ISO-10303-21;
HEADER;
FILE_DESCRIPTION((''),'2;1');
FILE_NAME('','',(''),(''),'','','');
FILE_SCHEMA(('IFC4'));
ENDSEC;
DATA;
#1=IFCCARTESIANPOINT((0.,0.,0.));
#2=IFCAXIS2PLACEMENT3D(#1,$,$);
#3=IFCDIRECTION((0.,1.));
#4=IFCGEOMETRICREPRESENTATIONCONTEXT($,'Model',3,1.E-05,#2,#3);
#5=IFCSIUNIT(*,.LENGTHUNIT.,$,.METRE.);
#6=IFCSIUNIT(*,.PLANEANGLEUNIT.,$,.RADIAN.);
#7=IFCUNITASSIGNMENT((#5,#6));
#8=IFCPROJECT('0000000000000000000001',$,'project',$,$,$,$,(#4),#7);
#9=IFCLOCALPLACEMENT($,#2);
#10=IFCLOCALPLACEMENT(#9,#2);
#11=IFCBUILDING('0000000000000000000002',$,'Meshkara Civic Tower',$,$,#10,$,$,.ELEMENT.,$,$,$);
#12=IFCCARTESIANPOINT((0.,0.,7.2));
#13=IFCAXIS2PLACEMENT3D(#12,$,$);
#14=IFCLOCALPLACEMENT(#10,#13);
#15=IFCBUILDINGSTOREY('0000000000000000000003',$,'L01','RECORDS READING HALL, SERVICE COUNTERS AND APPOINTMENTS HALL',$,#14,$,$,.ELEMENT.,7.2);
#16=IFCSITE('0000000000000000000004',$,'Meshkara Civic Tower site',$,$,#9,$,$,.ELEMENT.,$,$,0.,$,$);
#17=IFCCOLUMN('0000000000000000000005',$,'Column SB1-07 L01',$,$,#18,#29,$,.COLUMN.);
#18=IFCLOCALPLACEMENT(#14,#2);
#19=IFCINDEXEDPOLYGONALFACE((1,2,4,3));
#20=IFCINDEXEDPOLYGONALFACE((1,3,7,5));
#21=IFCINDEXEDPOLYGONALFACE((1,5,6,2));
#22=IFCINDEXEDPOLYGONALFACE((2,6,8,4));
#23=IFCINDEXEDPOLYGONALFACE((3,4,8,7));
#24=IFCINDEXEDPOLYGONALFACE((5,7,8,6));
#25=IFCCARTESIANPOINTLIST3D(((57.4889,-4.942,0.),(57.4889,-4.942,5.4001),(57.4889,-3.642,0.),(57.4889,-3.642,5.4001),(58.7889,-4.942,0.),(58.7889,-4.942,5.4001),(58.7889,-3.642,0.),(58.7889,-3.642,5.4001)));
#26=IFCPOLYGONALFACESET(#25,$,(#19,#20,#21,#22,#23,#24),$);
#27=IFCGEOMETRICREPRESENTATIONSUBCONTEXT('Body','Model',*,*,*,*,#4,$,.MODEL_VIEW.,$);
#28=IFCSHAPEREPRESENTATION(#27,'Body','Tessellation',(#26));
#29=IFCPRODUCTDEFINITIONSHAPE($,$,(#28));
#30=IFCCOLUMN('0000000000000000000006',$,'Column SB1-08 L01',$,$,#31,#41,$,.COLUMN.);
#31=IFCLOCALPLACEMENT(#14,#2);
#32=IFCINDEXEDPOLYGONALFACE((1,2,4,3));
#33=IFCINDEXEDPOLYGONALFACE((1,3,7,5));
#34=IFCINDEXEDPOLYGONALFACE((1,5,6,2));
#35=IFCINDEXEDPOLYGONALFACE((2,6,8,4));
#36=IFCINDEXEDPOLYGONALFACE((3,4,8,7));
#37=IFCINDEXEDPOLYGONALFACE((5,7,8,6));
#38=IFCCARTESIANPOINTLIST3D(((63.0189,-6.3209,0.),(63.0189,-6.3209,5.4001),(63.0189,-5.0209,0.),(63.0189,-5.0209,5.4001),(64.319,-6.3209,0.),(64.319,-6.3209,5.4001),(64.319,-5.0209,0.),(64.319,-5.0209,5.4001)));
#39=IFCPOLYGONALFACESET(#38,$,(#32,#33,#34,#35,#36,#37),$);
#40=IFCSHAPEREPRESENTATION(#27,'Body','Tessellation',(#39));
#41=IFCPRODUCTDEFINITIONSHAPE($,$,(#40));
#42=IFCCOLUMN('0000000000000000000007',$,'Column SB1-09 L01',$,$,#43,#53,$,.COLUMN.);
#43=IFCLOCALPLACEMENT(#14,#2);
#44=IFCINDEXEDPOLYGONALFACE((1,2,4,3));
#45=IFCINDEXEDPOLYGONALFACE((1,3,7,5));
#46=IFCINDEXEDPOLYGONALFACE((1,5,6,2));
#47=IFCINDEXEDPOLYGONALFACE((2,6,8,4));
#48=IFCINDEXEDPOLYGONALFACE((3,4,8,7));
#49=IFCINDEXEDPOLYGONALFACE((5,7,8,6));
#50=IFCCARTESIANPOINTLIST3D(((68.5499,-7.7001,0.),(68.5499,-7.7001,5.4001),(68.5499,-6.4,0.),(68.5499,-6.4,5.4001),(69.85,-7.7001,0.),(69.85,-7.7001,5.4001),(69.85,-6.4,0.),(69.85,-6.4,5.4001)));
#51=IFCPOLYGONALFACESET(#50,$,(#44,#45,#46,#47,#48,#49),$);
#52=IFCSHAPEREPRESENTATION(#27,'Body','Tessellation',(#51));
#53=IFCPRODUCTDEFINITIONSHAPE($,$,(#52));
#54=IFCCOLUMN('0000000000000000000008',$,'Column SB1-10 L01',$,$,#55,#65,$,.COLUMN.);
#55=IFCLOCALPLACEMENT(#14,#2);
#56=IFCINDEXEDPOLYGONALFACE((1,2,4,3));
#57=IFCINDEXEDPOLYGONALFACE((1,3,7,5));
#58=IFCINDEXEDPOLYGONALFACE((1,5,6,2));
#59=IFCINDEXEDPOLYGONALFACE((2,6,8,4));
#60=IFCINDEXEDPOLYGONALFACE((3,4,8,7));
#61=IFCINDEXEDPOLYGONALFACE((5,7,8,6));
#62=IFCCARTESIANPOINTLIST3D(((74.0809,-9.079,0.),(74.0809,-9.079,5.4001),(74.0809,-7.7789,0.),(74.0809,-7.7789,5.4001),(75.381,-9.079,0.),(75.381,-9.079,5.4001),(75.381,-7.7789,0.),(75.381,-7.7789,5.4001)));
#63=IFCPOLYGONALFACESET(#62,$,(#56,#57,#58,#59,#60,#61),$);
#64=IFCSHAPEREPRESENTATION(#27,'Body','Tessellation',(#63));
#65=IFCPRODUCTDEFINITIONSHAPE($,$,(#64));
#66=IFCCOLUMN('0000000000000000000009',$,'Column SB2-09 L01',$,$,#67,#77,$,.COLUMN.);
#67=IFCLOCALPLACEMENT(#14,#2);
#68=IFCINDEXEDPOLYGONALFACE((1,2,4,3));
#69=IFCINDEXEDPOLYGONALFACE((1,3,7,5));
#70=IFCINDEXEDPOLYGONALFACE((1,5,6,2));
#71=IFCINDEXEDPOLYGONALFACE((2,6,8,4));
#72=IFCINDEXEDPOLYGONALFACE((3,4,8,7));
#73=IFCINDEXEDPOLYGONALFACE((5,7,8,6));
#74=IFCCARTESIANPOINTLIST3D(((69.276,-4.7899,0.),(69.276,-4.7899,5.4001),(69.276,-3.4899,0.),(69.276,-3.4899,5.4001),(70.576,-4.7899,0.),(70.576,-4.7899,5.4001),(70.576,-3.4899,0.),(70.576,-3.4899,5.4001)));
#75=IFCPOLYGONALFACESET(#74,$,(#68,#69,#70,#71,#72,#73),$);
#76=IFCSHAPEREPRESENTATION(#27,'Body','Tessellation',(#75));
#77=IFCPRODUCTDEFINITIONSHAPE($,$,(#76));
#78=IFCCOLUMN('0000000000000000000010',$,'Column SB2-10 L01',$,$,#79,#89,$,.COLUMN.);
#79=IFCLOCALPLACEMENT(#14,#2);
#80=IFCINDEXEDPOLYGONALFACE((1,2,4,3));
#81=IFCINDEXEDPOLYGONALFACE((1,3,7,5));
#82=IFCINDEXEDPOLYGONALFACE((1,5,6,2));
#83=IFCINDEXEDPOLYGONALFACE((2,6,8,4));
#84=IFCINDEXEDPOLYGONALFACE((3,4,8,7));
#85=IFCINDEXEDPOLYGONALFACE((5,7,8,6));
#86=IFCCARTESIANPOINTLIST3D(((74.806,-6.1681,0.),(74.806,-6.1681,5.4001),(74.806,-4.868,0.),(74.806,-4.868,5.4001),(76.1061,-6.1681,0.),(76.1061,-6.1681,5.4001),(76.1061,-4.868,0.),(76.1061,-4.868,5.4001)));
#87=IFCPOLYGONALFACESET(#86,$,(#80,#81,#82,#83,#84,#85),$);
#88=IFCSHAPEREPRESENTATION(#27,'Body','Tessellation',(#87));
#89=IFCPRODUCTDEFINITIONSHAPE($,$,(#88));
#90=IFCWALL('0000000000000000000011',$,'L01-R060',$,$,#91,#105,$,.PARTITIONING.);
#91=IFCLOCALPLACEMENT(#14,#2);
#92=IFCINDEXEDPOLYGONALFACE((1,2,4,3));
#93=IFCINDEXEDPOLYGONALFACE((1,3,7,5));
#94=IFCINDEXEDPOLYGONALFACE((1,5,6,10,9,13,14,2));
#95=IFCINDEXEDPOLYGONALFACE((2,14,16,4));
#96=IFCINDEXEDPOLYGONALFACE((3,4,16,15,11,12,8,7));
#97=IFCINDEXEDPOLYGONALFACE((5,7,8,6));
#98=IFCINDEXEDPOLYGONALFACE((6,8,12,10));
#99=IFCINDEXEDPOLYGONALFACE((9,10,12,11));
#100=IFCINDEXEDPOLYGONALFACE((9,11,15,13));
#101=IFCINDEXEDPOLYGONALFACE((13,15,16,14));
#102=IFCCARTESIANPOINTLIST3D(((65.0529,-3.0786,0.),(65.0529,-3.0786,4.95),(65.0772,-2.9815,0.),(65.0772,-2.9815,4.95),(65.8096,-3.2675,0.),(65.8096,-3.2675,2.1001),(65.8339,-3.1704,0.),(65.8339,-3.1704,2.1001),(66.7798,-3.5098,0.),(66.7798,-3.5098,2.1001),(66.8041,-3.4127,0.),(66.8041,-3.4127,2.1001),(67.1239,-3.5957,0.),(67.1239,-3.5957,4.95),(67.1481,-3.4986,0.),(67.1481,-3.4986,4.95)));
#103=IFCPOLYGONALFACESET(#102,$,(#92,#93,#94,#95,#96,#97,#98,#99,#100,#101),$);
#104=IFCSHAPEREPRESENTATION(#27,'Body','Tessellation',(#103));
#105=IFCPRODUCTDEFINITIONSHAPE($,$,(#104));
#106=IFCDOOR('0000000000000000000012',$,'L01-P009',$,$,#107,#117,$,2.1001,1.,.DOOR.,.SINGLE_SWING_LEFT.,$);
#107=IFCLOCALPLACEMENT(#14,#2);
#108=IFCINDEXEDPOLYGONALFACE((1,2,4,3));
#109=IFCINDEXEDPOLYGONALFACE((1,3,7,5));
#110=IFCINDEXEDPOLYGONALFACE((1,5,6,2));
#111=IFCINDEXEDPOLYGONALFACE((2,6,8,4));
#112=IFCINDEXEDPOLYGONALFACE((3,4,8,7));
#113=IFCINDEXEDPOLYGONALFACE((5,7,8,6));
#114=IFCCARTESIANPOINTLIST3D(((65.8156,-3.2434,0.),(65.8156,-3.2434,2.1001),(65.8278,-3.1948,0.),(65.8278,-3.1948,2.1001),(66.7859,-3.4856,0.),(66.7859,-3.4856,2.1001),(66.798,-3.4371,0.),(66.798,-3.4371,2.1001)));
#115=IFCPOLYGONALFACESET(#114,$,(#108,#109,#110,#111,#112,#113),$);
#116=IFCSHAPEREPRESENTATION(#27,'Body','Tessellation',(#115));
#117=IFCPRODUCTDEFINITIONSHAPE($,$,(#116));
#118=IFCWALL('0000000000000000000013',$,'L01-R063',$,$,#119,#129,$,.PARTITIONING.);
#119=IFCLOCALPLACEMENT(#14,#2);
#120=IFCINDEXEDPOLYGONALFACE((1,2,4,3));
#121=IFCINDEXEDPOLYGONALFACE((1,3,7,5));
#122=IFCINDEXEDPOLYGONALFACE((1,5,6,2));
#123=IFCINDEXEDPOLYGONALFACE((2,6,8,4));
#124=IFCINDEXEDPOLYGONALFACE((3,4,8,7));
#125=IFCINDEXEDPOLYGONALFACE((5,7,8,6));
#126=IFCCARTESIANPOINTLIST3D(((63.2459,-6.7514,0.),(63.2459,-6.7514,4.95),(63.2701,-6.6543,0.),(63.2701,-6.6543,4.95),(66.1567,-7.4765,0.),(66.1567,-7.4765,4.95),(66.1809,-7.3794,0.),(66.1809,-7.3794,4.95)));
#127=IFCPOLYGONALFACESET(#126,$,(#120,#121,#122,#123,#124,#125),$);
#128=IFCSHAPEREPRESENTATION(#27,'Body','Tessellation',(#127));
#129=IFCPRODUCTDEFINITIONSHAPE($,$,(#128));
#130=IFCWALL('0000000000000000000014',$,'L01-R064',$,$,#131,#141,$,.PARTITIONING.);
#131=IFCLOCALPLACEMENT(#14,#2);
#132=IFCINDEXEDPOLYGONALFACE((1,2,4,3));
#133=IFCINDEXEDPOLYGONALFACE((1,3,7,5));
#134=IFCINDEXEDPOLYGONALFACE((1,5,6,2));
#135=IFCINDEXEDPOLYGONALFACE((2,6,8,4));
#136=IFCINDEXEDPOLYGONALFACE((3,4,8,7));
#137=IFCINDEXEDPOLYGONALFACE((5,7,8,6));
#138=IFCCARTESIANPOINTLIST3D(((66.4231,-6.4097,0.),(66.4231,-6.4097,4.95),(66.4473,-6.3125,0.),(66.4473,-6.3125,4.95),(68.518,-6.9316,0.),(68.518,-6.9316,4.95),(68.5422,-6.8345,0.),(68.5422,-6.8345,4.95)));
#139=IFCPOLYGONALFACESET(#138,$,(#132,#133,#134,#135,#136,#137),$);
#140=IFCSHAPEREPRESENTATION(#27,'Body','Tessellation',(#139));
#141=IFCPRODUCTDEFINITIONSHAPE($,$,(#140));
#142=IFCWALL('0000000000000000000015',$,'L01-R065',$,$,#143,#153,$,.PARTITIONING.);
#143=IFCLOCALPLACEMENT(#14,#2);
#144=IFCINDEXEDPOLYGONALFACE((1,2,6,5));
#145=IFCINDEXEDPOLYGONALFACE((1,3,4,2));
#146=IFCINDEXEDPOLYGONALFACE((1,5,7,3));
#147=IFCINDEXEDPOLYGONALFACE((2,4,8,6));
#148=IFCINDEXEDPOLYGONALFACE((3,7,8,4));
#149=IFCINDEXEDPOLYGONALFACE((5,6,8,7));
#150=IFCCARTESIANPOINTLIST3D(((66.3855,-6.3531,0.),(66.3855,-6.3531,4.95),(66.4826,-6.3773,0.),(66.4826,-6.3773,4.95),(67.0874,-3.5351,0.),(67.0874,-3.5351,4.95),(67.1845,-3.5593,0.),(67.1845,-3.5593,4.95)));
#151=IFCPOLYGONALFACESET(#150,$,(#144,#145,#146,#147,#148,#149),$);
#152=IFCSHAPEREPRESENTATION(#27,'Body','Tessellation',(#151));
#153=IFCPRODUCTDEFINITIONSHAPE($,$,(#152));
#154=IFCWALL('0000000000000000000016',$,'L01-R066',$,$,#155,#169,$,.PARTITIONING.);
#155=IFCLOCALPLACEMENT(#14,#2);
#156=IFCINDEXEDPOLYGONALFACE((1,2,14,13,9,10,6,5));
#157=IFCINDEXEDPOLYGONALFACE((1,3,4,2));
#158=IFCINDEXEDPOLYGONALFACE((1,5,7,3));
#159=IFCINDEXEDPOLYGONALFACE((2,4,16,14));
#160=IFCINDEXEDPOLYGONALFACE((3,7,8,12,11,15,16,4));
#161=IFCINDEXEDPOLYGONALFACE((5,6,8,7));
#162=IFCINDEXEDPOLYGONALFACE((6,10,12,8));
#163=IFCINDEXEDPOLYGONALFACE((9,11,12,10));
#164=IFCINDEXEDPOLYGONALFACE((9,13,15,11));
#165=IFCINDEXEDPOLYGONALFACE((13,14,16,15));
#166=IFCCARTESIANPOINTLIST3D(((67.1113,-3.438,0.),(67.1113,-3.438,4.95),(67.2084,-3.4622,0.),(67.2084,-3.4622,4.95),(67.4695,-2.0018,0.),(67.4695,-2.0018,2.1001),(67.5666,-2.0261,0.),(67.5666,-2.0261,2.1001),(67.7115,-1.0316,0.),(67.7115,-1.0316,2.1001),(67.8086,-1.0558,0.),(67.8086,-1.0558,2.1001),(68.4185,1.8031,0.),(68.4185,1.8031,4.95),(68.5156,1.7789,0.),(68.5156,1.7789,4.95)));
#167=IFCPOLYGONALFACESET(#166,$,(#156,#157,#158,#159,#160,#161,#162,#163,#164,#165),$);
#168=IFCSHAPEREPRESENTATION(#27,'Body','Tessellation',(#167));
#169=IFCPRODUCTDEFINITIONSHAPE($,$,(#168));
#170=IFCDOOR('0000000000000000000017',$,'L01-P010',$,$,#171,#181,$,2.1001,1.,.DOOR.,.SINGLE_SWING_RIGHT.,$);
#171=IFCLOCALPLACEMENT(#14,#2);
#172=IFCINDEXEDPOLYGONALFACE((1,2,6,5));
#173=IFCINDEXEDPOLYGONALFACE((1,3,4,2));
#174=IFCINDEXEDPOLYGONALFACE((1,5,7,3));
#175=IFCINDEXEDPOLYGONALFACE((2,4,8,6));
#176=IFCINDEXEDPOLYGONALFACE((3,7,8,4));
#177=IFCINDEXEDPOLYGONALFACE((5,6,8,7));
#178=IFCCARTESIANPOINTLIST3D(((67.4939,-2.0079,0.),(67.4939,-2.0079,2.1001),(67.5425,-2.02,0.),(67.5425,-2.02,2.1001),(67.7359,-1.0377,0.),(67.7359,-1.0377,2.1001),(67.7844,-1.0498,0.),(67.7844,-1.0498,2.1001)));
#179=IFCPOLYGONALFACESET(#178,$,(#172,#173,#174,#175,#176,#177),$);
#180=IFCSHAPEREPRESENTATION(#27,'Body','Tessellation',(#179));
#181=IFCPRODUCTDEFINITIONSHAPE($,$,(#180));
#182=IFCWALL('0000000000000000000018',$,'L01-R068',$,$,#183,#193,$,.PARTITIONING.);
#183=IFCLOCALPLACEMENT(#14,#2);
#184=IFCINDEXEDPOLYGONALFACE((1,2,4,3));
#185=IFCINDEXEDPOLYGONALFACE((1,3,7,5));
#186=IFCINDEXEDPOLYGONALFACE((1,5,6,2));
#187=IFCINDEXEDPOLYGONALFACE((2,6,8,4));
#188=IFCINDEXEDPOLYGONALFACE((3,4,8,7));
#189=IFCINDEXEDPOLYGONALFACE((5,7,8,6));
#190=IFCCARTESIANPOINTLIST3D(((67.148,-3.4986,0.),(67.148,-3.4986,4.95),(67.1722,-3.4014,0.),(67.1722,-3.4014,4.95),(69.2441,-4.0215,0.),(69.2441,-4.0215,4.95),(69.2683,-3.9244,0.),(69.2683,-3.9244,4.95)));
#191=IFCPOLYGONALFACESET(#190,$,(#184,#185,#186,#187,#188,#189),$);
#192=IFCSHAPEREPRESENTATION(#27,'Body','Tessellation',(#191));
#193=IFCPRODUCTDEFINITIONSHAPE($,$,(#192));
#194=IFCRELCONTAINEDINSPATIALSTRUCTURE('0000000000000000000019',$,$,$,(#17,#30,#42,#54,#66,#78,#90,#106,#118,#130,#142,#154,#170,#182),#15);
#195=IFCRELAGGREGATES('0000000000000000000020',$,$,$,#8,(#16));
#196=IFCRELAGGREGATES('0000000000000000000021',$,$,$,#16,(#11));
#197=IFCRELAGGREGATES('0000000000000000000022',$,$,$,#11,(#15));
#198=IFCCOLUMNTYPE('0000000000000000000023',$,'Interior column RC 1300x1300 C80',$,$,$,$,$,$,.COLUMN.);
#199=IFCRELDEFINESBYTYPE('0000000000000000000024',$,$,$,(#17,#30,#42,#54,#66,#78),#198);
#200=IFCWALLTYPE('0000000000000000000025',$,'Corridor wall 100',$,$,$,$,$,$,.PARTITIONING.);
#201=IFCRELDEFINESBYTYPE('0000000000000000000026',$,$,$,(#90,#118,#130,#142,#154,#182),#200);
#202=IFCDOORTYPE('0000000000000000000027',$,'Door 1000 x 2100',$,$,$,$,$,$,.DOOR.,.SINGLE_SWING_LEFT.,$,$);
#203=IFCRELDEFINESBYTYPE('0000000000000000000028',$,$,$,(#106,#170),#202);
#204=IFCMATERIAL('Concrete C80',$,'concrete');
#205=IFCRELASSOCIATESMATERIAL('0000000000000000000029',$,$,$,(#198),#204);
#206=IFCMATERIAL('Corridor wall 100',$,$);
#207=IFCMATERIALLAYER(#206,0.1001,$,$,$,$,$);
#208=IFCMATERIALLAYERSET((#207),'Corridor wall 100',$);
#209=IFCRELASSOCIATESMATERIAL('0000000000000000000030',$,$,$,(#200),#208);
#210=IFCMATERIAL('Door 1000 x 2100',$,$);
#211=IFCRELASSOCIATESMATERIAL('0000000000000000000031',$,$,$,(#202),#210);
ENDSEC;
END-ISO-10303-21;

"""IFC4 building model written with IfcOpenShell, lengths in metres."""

from ifc_helpers import new_model, si_unit, direction, frame, frame_2d, origin, origin_2d, place, context, subcontext, project, spatial, rectangle, extrude, material, layer, layer_set, material_profile, profile_set, type_object, element, fill, save


model = new_model("IFC4")

# Units and contexts
model_context = context("Model", 3, precision=1e-05, world=origin(), true_north=direction((0.0, 1.0)))
body_context = subcontext(model_context, "Body", "Model", "MODEL_VIEW")
ifc_project = project(units=[si_unit("LENGTHUNIT", "METRE"), si_unit("PLANEANGLEUNIT", "RADIAN")], contexts=[model_context])

# Site, building, storey
site_placement = place(None, origin())
site = spatial("IfcSite", under=ifc_project, at=site_placement, Name="Meshkara Civic Tower site", CompositionType="ELEMENT", RefElevation=0.0)
building_placement = place(site_placement, origin())
building = spatial("IfcBuilding", under=site, at=building_placement, Name="Meshkara Civic Tower", CompositionType="ELEMENT")
storey_placement = place(building_placement, frame((0.0, 0.0, 7.2)))
storey = spatial("IfcBuildingStorey", under=building, at=storey_placement, Name="L01", Description="RECORDS READING HALL, SERVICE COUNTERS AND APPOINTMENTS HALL", CompositionType="ELEMENT", Elevation=7.2)

# Columns
ifc_material_1 = material(Name="Concrete C80", Category="concrete")
ifc_material_profile = material_profile(ifc_material_1, rectangle(XDim=1.3, YDim=1.3, at=origin_2d()))
ifc_profile_set = profile_set([ifc_material_profile], Name="Concrete C80")
column_type = type_object("IfcColumnType", Name="Interior column RC 1300x1300 C80", PredefinedType="COLUMN", material=ifc_profile_set)
for number, where, z_axis, x_axis, name in (
    (1, (58.1389, -4.292, 0.0), (0.0, 0.0, 1.0), (1.0, 0.0, 0.0), "Column SB1-07 L01"),
    (2, (63.6689, -5.6709, 0.0), (0.0, 0.0, 1.0), (1.0, 0.0, 0.0), "Column SB1-08 L01"),
    (3, (69.2, -7.05, 0.0), (0.0, 0.0, 1.0), (1.0, 0.0, 0.0), "Column SB1-09 L01"),
    (4, (74.731, -8.429, 0.0), (0.0, 0.0, 1.0), (1.0, 0.0, 0.0), "Column SB1-10 L01"),
    (5, (69.926, -4.1399, 0.0), (0.0, 0.0, 1.0), (1.0, 0.0, 0.0), "Column SB2-09 L01"),
    (6, (75.4561, -5.5181, 0.0), (0.0, 0.0, 1.0), (1.0, 0.0, 0.0), "Column SB2-10 L01"),
):
    element("IfcColumn", number, at=place(storey_placement, frame(where, z_axis=z_axis, x_axis=x_axis)), inside=storey, type_object=column_type, Name=name, PredefinedType="COLUMN", context=body_context, shape_type="SweptSolid", body=[
        extrude(rectangle(XDim=1.3, YDim=1.3, at=origin_2d()), origin(), (0.0, 0.0, 1.0), 5.4001),
    ])

# Wall, opening, door
ifc_material_2 = material(Name="Corridor wall 100")
ifc_layer_1 = layer(ifc_material_2, 0.1001)
ifc_layer_set_1 = layer_set([ifc_layer_1], Name="Corridor wall 100")
wall_type_1 = type_object("IfcWallType", Name="Corridor wall 100", PredefinedType="PARTITIONING", material=ifc_layer_set_1)
wall_1_placement = place(storey_placement, frame((65.0649, -3.03, 0.0), z_axis=(0.0, 0.0, 1.0), x_axis=(0.970216, -0.24224, 0.0)))
wall_1 = element("IfcWall", 7, at=wall_1_placement, inside=storey, type_object=wall_type_1, Name="L01-R060", PredefinedType="PARTITIONING", context=body_context, shape_type="SweptSolid", body=[
    extrude(rectangle(XDim=2.1345, YDim=0.1001, at=frame_2d((1.0674, 0.0))), origin(), (0.0, 0.0, 1.0), 4.95),
])
opening_1_placement = place(wall_1_placement, frame((0.78, 0.0, 0.0)))
opening_1 = element("IfcOpeningElement", 8, at=opening_1_placement, cuts=wall_1, PredefinedType="OPENING", context=body_context, shape_type="SweptSolid", body=[
    extrude(rectangle(XDim=1.0, YDim=2.1001, at=frame_2d((0.5, 1.05))), frame((0.0, 0.0601, 0.0), z_axis=(0.0, -1.0, 0.0), x_axis=(1.0, 0.0, 0.0)), (0.0, 0.0, 1.0), 0.1201),
])
ifc_material_3 = material(Name="Door 1000 x 2100")
door_type_1 = type_object("IfcDoorType", Name="Door 1000 x 2100", OperationType="SINGLE_SWING_LEFT", PredefinedType="DOOR", material=ifc_material_3)
door_1_placement = place(opening_1_placement, origin())
door_1 = element("IfcDoor", 9, at=door_1_placement, inside=storey, type_object=door_type_1, Name="L01-P009", OperationType="SINGLE_SWING_LEFT", OverallHeight=2.1001, OverallWidth=1.0, PredefinedType="DOOR", context=body_context, shape_type="SweptSolid", body=[
    extrude(rectangle(XDim=1.0, YDim=2.1001, at=frame_2d((0.5, 1.05))), frame((0.0, 0.0249, 0.0), z_axis=(0.0, -1.0, 0.0), x_axis=(1.0, 0.0, 0.0)), (0.0, 0.0, 1.0), 0.05),
])
fill(opening_1, door_1)

# Walls
wall_2_placement = place(storey_placement, frame((66.1689, -7.428, 0.0), z_axis=(0.0, 0.0, 1.0), x_axis=(-0.970348, 0.241712, 0.0)))
element("IfcWall", 10, at=wall_2_placement, inside=storey, type_object=wall_type_1, Name="L01-R063", PredefinedType="PARTITIONING", context=body_context, shape_type="SweptSolid", body=[
    extrude(rectangle(XDim=2.9998, YDim=0.1001, at=frame_2d((1.5, 0.0))), origin(), (0.0, 0.0, 1.0), 4.95),
])
wall_3_placement = place(storey_placement, frame((66.4351, -6.3611, 0.0), z_axis=(0.0, 0.0, 1.0), x_axis=(0.970335, -0.241764, 0.0)))
element("IfcWall", 11, at=wall_3_placement, inside=storey, type_object=wall_type_1, Name="L01-R064", PredefinedType="PARTITIONING", context=body_context, shape_type="SweptSolid", body=[
    extrude(rectangle(XDim=2.1589, YDim=0.1001, at=frame_2d((1.0796, 0.0))), origin(), (0.0, 0.0, 1.0), 4.95),
])
wall_4_placement = place(storey_placement, frame((67.136, -3.5471, 0.0), z_axis=(0.0, 0.0, 1.0), x_axis=(-0.241705, -0.97035, 0.0)))
element("IfcWall", 12, at=wall_4_placement, inside=storey, type_object=wall_type_1, Name="L01-R065", PredefinedType="PARTITIONING", context=body_context, shape_type="SweptSolid", body=[
    extrude(rectangle(XDim=2.9041, YDim=0.1001, at=frame_2d((1.4521, 0.0))), origin(), (0.0, 0.0, 1.0), 4.95),
])

# Wall, opening, door
wall_5_placement = place(storey_placement, frame((67.1599, -3.45, 0.0), z_axis=(0.0, 0.0, 1.0), x_axis=(0.241993, 0.970278, 0.0)))
wall_5 = element("IfcWall", 13, at=wall_5_placement, inside=storey, type_object=wall_type_1, Name="L01-R066", PredefinedType="PARTITIONING", context=body_context, shape_type="SweptSolid", body=[
    extrude(rectangle(XDim=5.4016, YDim=0.1001, at=frame_2d((2.7007, 0.0))), origin(), (0.0, 0.0, 1.0), 4.95),
])
opening_2_placement = place(wall_5_placement, frame((1.48, 0.0, 0.0)))
opening_2 = element("IfcOpeningElement", 14, at=opening_2_placement, cuts=wall_5, PredefinedType="OPENING", context=body_context, shape_type="SweptSolid", body=[
    extrude(rectangle(XDim=1.0, YDim=2.1001, at=frame_2d((0.5, 1.05))), frame((0.0, 0.0601, 0.0), z_axis=(0.0, -1.0, 0.0), x_axis=(1.0, 0.0, 0.0)), (0.0, 0.0, 1.0), 0.1201),
])
door_2_placement = place(opening_2_placement, origin())
door_2 = element("IfcDoor", 15, at=door_2_placement, inside=storey, type_object=door_type_1, Name="L01-P010", OperationType="SINGLE_SWING_RIGHT", OverallHeight=2.1001, OverallWidth=1.0, PredefinedType="DOOR", context=body_context, shape_type="SweptSolid", body=[
    extrude(rectangle(XDim=1.0, YDim=2.1001, at=frame_2d((0.5, 1.05))), frame((0.0, 0.0249, 0.0), z_axis=(0.0, -1.0, 0.0), x_axis=(1.0, 0.0, 0.0)), (0.0, 0.0, 1.0), 0.05),
])
fill(opening_2, door_2)

# Wall
wall_6_placement = place(storey_placement, frame((69.2561, -3.9729, 0.0), z_axis=(0.0, 0.0, 1.0), x_axis=(-0.970262, 0.242057, 0.0)))
element("IfcWall", 16, at=wall_6_placement, inside=storey, type_object=wall_type_1, Name="L01-R068", PredefinedType="PARTITIONING", context=body_context, shape_type="SweptSolid", body=[
    extrude(rectangle(XDim=2.1604, YDim=0.1001, at=frame_2d((1.0801, 0.0))), origin(), (0.0, 0.0, 1.0), 4.95),
])

save(model, "model.ifc")
